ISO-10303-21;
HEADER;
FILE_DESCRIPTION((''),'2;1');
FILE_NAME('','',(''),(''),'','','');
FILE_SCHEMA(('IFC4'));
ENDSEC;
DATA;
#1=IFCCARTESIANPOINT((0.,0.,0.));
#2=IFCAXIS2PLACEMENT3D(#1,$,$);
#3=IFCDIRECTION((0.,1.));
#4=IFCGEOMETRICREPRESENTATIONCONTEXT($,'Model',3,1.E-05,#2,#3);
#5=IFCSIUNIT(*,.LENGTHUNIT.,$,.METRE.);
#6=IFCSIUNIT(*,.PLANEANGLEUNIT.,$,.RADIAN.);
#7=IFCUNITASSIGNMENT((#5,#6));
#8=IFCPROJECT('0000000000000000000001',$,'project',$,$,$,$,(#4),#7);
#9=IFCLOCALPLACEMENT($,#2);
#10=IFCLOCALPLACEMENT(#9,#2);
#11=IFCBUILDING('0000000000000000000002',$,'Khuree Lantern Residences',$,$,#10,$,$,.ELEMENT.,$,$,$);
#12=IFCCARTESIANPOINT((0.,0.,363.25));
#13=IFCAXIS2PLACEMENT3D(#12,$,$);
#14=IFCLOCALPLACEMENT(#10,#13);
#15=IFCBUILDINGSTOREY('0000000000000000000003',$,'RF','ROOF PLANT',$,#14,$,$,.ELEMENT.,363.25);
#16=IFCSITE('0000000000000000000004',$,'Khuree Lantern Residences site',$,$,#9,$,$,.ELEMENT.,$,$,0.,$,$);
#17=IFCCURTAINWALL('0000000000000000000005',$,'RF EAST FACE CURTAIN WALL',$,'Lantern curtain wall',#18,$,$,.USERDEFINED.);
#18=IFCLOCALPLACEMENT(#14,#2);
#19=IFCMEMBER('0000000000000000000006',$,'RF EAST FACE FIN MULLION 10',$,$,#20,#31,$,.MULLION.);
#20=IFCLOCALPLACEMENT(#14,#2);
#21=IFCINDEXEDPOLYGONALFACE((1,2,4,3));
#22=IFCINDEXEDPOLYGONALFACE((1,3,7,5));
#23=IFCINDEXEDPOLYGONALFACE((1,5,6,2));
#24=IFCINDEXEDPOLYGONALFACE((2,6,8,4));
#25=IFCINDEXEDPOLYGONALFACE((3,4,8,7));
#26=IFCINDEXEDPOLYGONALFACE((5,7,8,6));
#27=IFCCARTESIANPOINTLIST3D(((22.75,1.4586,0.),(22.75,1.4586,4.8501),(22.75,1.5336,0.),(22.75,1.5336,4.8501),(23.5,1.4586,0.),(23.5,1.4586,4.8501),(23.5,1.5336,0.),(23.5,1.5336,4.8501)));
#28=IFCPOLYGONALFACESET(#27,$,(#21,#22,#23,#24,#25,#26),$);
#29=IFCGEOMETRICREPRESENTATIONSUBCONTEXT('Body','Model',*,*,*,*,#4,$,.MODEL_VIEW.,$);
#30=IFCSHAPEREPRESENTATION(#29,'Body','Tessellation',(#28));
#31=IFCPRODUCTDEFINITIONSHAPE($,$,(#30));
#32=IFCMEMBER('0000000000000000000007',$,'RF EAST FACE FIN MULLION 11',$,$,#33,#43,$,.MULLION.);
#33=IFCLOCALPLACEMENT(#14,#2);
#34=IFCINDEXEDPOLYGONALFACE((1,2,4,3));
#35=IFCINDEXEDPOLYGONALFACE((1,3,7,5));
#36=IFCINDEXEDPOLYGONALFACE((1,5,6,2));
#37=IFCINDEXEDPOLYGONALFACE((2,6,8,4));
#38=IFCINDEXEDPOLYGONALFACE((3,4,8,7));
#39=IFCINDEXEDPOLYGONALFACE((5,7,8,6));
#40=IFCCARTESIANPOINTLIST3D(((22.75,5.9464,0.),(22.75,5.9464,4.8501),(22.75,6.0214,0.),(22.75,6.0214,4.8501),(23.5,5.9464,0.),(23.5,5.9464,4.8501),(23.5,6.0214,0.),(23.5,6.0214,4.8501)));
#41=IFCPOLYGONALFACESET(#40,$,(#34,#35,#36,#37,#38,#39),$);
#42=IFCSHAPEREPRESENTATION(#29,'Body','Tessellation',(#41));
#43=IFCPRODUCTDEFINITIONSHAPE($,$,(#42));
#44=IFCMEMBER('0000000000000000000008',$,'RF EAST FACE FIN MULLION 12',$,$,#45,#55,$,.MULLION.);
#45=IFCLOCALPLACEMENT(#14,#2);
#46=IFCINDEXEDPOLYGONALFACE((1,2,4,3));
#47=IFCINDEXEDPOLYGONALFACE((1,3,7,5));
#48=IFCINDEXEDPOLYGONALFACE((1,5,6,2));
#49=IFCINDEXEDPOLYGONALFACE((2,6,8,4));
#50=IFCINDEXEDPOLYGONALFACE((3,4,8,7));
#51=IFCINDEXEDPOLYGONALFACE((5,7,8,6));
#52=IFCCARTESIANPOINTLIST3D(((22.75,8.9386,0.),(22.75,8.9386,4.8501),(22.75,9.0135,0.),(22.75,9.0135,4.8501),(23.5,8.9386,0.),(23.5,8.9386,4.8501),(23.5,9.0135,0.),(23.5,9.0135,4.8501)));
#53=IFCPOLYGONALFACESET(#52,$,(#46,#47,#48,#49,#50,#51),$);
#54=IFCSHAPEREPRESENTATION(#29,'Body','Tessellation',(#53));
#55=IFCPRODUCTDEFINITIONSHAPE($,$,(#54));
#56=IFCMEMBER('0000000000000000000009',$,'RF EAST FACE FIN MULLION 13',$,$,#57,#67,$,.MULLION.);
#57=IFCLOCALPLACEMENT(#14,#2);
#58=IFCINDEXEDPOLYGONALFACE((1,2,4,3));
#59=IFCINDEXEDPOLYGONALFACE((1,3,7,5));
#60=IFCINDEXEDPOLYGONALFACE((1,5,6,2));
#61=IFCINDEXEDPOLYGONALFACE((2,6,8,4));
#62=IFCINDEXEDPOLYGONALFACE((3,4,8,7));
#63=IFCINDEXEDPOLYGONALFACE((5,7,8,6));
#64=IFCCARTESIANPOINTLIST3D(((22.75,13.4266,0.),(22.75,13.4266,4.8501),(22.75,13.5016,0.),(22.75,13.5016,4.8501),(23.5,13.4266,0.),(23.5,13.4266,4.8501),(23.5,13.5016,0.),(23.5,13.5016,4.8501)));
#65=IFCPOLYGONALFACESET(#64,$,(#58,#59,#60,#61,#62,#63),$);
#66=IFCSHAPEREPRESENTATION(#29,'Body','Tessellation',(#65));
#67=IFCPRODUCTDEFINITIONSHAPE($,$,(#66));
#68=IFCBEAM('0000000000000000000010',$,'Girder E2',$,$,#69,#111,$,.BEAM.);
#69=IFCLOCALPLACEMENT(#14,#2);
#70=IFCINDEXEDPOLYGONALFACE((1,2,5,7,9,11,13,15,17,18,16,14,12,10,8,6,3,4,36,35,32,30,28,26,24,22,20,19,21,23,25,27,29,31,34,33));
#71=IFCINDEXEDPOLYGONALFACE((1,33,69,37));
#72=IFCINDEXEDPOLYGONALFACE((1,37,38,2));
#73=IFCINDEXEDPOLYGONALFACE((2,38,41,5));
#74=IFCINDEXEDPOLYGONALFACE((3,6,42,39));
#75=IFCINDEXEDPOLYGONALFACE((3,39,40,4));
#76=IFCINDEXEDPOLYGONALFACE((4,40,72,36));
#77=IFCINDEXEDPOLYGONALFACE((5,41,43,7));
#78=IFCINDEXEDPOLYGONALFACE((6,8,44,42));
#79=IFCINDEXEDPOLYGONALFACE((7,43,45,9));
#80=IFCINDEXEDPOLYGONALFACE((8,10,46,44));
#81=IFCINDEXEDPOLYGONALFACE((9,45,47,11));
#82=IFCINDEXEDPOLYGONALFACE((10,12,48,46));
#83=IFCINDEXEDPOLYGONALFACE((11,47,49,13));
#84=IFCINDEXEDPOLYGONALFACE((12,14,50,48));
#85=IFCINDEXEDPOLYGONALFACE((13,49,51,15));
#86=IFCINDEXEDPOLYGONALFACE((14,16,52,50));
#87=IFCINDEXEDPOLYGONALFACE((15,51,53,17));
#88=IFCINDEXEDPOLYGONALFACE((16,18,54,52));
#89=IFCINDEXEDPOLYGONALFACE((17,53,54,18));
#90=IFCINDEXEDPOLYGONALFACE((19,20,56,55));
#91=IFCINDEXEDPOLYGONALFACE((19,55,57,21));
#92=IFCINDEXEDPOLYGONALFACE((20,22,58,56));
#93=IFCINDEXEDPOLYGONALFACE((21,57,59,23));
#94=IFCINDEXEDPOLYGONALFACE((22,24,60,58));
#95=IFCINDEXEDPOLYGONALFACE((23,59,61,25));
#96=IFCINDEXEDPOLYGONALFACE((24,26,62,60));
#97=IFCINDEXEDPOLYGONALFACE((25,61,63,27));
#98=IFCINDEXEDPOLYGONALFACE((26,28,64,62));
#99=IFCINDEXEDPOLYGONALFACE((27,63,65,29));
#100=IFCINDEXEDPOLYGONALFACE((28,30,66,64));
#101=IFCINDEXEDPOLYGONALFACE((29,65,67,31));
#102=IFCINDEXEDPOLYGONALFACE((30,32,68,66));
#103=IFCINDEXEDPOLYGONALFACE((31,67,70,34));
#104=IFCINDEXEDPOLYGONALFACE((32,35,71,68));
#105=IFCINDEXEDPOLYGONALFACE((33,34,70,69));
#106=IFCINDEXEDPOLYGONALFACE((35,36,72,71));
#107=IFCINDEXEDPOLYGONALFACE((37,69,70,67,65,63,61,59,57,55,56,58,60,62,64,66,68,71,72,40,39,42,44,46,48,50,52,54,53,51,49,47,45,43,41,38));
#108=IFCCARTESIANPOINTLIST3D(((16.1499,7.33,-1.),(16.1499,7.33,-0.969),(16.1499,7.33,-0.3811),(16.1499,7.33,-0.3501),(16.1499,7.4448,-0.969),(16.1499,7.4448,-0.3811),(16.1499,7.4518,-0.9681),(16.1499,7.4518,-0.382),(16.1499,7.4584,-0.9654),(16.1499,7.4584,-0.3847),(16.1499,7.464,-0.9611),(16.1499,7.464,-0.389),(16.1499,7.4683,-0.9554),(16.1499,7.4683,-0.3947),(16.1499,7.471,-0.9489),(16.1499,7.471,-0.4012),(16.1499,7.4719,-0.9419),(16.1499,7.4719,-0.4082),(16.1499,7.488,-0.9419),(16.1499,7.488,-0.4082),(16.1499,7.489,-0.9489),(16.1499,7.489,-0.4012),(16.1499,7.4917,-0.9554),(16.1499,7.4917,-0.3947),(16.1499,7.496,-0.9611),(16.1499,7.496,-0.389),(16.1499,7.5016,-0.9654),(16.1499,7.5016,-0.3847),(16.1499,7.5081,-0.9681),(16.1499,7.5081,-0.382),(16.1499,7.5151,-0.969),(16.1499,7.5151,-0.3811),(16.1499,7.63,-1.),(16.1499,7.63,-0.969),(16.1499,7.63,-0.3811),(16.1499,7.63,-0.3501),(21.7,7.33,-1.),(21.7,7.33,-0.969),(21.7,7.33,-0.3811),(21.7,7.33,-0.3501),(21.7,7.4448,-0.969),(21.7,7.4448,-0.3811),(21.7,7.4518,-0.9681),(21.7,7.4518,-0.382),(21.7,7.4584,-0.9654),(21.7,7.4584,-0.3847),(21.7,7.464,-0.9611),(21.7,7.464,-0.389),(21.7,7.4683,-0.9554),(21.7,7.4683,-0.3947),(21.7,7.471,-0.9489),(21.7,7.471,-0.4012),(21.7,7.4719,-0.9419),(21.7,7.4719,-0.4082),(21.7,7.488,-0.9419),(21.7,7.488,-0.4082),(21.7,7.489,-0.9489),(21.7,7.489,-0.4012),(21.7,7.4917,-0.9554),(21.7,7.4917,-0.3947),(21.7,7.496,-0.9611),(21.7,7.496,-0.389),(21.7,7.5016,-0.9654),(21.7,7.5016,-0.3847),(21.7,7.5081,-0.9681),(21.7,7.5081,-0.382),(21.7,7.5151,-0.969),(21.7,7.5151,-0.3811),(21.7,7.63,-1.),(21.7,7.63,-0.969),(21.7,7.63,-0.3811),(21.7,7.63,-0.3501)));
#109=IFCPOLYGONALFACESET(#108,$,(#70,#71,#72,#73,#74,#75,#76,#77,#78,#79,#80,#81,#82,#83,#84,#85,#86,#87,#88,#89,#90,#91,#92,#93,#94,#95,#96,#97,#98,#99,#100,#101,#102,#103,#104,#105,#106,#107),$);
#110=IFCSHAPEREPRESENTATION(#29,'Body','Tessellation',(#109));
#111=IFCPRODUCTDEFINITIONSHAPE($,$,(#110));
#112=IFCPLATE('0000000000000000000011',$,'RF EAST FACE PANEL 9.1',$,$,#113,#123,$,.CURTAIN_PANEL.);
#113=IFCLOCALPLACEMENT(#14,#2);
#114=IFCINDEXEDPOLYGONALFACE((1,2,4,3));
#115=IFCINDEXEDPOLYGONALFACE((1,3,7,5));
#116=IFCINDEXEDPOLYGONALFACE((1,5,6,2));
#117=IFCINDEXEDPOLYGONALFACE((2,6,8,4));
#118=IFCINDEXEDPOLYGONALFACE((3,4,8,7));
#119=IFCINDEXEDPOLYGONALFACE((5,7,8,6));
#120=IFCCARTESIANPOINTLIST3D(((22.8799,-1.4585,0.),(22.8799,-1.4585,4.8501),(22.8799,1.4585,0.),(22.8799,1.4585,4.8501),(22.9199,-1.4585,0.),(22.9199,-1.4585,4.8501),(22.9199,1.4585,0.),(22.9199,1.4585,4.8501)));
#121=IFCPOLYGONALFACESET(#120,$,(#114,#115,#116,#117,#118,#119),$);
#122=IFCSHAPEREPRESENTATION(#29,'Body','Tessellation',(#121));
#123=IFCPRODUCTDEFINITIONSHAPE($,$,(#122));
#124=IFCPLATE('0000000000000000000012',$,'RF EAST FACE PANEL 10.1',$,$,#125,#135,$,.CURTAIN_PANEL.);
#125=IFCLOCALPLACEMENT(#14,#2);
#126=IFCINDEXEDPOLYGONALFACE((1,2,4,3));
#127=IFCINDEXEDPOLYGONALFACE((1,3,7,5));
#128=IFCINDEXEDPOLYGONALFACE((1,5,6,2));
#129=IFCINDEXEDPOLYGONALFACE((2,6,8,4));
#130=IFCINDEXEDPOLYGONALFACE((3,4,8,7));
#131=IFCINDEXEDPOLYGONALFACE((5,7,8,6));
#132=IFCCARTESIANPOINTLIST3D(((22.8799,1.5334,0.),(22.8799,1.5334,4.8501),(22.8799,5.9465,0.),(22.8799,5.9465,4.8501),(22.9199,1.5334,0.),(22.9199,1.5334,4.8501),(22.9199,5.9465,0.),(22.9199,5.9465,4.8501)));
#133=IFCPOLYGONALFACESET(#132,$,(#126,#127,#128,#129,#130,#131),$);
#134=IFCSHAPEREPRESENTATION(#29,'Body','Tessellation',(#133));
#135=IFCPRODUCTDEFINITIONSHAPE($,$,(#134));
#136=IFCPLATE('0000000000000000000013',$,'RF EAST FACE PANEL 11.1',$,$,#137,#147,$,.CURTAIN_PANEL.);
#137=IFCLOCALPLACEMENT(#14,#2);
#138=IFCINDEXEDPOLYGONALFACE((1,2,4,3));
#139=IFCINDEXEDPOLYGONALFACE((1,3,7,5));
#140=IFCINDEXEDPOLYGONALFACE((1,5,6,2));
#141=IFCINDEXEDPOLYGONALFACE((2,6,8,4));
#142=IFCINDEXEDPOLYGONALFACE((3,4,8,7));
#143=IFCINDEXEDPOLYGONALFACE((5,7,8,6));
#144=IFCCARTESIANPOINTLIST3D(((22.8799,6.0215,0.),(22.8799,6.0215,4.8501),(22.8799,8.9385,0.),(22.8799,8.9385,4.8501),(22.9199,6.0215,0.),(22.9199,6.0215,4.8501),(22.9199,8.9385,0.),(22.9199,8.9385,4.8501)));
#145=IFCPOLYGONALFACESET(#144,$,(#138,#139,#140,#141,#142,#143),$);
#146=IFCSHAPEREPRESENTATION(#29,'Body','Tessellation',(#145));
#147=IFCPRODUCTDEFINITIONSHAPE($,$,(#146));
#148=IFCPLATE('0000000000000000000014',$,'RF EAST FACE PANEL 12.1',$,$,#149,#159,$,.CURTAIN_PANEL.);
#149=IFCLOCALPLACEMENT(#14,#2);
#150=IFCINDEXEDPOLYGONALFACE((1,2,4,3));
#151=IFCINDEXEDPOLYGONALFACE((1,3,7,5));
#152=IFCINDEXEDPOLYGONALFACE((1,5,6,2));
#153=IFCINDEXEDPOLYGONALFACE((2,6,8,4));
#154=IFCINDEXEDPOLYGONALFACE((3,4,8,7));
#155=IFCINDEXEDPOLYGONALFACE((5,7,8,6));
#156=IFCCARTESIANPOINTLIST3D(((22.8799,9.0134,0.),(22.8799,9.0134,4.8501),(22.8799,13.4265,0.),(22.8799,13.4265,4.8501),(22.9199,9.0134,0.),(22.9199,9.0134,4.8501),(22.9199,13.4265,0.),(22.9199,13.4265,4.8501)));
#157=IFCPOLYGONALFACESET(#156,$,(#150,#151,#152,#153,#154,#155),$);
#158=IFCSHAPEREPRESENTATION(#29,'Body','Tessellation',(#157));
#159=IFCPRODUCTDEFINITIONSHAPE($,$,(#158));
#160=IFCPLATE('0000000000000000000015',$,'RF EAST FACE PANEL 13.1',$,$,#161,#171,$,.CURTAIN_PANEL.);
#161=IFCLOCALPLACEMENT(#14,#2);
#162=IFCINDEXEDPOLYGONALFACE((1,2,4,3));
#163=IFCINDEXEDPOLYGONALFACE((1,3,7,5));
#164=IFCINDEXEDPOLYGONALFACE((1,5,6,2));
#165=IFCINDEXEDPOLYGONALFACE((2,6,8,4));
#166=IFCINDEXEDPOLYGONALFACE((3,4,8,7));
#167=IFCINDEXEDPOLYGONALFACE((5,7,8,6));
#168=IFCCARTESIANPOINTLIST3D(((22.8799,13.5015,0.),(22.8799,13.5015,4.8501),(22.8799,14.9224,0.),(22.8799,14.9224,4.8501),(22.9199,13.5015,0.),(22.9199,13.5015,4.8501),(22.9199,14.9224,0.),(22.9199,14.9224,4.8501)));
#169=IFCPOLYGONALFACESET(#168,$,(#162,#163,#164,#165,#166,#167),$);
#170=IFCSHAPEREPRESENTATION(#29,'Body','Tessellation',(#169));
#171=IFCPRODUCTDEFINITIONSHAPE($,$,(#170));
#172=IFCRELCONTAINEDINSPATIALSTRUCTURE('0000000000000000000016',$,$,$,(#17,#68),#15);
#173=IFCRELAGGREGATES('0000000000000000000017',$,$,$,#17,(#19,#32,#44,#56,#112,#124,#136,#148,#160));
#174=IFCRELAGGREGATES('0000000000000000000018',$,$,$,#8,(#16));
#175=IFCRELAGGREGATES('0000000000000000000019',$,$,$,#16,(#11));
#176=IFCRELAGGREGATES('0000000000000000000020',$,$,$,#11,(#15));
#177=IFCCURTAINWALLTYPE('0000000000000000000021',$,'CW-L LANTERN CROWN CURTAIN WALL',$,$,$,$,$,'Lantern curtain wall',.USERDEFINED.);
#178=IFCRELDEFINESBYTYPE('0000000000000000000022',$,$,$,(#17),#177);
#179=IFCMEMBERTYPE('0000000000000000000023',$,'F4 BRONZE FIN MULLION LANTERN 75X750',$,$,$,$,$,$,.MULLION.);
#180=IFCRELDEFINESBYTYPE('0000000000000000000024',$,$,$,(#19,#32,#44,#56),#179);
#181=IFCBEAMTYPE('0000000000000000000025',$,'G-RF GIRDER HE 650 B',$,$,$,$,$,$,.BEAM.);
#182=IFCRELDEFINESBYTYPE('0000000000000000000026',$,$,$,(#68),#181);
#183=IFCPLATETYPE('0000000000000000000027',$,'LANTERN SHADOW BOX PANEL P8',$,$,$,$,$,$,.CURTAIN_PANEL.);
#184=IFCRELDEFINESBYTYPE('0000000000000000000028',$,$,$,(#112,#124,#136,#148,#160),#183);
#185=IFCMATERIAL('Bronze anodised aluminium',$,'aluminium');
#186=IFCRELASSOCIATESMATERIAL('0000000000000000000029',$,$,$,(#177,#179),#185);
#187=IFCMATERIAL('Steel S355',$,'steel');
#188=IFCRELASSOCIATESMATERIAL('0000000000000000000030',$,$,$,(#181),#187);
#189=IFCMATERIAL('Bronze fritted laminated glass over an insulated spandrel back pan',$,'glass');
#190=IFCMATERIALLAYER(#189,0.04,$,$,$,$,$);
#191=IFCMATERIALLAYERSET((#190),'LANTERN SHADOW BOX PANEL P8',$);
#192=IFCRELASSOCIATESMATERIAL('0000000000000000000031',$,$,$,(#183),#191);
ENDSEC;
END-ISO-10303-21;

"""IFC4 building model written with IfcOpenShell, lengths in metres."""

from ifc_helpers import new_model, si_unit, direction, frame, origin, origin_2d, place, context, subcontext, project, spatial, rectangle, i_section, extrude, material, layer, layer_set, material_profile, profile_set, type_object, element, aggregate, save


model = new_model("IFC4")

# Units and contexts
model_context = context("Model", 3, precision=1e-05, world=origin(), true_north=direction((0.0, 1.0)))
body_context = subcontext(model_context, "Body", "Model", "MODEL_VIEW")
ifc_project = project(units=[si_unit("LENGTHUNIT", "METRE"), si_unit("PLANEANGLEUNIT", "RADIAN")], contexts=[model_context])

# Site, building, storey
site_placement = place(None, origin())
site = spatial("IfcSite", under=ifc_project, at=site_placement, Name="Khuree Lantern Residences site", CompositionType="ELEMENT", RefElevation=0.0)
building_placement = place(site_placement, origin())
building = spatial("IfcBuilding", under=site, at=building_placement, Name="Khuree Lantern Residences", CompositionType="ELEMENT")
storey_placement = place(building_placement, frame((0.0, 0.0, 363.25)))
storey = spatial("IfcBuildingStorey", under=building, at=storey_placement, Name="RF", Description="ROOF PLANT", CompositionType="ELEMENT", Elevation=363.25)

# Shared definitions
ifc_material_1 = material(Name="Steel S355", Category="steel")

# Curtain wall, members
ifc_material_2 = material(Name="Bronze anodised aluminium", Category="aluminium")
curtain_wall_type = type_object("IfcCurtainWallType", Name="CW-L LANTERN CROWN CURTAIN WALL", ElementType="Lantern curtain wall", PredefinedType="USERDEFINED", material=ifc_material_2)
curtain_wall_placement = place(storey_placement, origin())
curtain_wall = element("IfcCurtainWall", 1, at=curtain_wall_placement, inside=storey, type_object=curtain_wall_type, Name="RF EAST FACE CURTAIN WALL", ObjectType="Lantern curtain wall", PredefinedType="USERDEFINED")
ifc_material_profile_1 = material_profile(ifc_material_2, rectangle(XDim=0.075, YDim=0.75, at=origin_2d()), Name="F4 75X750")
ifc_profile_set_1 = profile_set([ifc_material_profile_1], Name="Bronze anodised aluminium")
member_type_1 = type_object("IfcMemberType", Name="F4 BRONZE FIN MULLION LANTERN 75X750", PredefinedType="MULLION", material=ifc_profile_set_1)
member_1_placement = place(storey_placement, frame((23.125, 1.4961, 0.0), z_axis=(0.0, 0.0, 1.0), x_axis=(0.0, 1.0, 0.0)))
member_1 = element("IfcMember", 2, at=member_1_placement, type_object=member_type_1, Name="RF EAST FACE FIN MULLION 10", PredefinedType="MULLION", context=body_context, shape_type="SweptSolid", body=[
    extrude(rectangle(XDim=0.075, YDim=0.75, at=origin_2d()), origin(), (0.0, 0.0, 1.0), 4.8501),
])
member_2_placement = place(storey_placement, frame((23.125, 5.9839, 0.0), z_axis=(0.0, 0.0, 1.0), x_axis=(0.0, 1.0, 0.0)))
member_2 = element("IfcMember", 3, at=member_2_placement, type_object=member_type_1, Name="RF EAST FACE FIN MULLION 11", PredefinedType="MULLION", context=body_context, shape_type="SweptSolid", body=[
    extrude(rectangle(XDim=0.075, YDim=0.75, at=origin_2d()), origin(), (0.0, 0.0, 1.0), 4.8501),
])
member_3_placement = place(storey_placement, frame((23.125, 8.9761, 0.0), z_axis=(0.0, 0.0, 1.0), x_axis=(0.0, 1.0, 0.0)))
member_3 = element("IfcMember", 4, at=member_3_placement, type_object=member_type_1, Name="RF EAST FACE FIN MULLION 12", PredefinedType="MULLION", context=body_context, shape_type="SweptSolid", body=[
    extrude(rectangle(XDim=0.075, YDim=0.75, at=origin_2d()), origin(), (0.0, 0.0, 1.0), 4.8501),
])
member_4_placement = place(storey_placement, frame((23.125, 13.4641, 0.0), z_axis=(0.0, 0.0, 1.0), x_axis=(0.0, 1.0, 0.0)))
member_4 = element("IfcMember", 5, at=member_4_placement, type_object=member_type_1, Name="RF EAST FACE FIN MULLION 13", PredefinedType="MULLION", context=body_context, shape_type="SweptSolid", body=[
    extrude(rectangle(XDim=0.075, YDim=0.75, at=origin_2d()), origin(), (0.0, 0.0, 1.0), 4.8501),
])

# Beam
ifc_material_profile_2 = material_profile(ifc_material_1, i_section(OverallWidth=0.3, OverallDepth=0.6499, WebThickness=0.0161, FlangeThickness=0.031, FilletRadius=0.0271, at=origin_2d()), Name="HE 650 B")
ifc_profile_set_2 = profile_set([ifc_material_profile_2], Name="Steel S355")
beam_type_1 = type_object("IfcBeamType", Name="G-RF GIRDER HE 650 B", PredefinedType="BEAM", material=ifc_profile_set_2)
beam_placement = place(storey_placement, frame((21.7, 7.48, -0.675), z_axis=(-1.0, 0.0, 0.0), x_axis=(0.0, -1.0, 0.0)))
element("IfcBeam", 6, at=beam_placement, inside=storey, type_object=beam_type_1, Name="Girder E2", PredefinedType="BEAM", context=body_context, shape_type="SweptSolid", body=[
    extrude(i_section(OverallWidth=0.3, OverallDepth=0.6499, WebThickness=0.0161, FlangeThickness=0.031, FilletRadius=0.0271, at=origin_2d()), origin(), (0.0, 0.0, 1.0), 5.55),
])

# Plates
ifc_material_3 = material(Name="Bronze fritted laminated glass over an insulated spandrel back pan", Category="glass")
ifc_layer = layer(ifc_material_3, 0.04)
ifc_layer_set = layer_set([ifc_layer], Name="LANTERN SHADOW BOX PANEL P8")
plate_type = type_object("IfcPlateType", Name="LANTERN SHADOW BOX PANEL P8", PredefinedType="CURTAIN_PANEL", material=ifc_layer_set)
plate_1_placement = place(storey_placement, frame((22.8999, 0.0, 0.0), z_axis=(0.0, 0.0, 1.0), x_axis=(0.0, 1.0, 0.0)))
plate_1 = element("IfcPlate", 7, at=plate_1_placement, type_object=plate_type, Name="RF EAST FACE PANEL 9.1", PredefinedType="CURTAIN_PANEL", context=body_context, shape_type="SweptSolid", body=[
    extrude(rectangle(XDim=2.917, YDim=0.04, at=origin_2d()), origin(), (0.0, 0.0, 1.0), 4.8501),
])
plate_2_placement = place(storey_placement, frame((22.8999, 3.74, 0.0), z_axis=(0.0, 0.0, 1.0), x_axis=(0.0, 1.0, 0.0)))
plate_2 = element("IfcPlate", 8, at=plate_2_placement, type_object=plate_type, Name="RF EAST FACE PANEL 10.1", PredefinedType="CURTAIN_PANEL", context=body_context, shape_type="SweptSolid", body=[
    extrude(rectangle(XDim=4.4131, YDim=0.04, at=origin_2d()), origin(), (0.0, 0.0, 1.0), 4.8501),
])
plate_3_placement = place(storey_placement, frame((22.8999, 7.48, 0.0), z_axis=(0.0, 0.0, 1.0), x_axis=(0.0, 1.0, 0.0)))
plate_3 = element("IfcPlate", 9, at=plate_3_placement, type_object=plate_type, Name="RF EAST FACE PANEL 11.1", PredefinedType="CURTAIN_PANEL", context=body_context, shape_type="SweptSolid", body=[
    extrude(rectangle(XDim=2.917, YDim=0.04, at=origin_2d()), origin(), (0.0, 0.0, 1.0), 4.8501),
])
plate_4_placement = place(storey_placement, frame((22.8999, 11.22, 0.0), z_axis=(0.0, 0.0, 1.0), x_axis=(0.0, 1.0, 0.0)))
plate_4 = element("IfcPlate", 10, at=plate_4_placement, type_object=plate_type, Name="RF EAST FACE PANEL 12.1", PredefinedType="CURTAIN_PANEL", context=body_context, shape_type="SweptSolid", body=[
    extrude(rectangle(XDim=4.4131, YDim=0.04, at=origin_2d()), origin(), (0.0, 0.0, 1.0), 4.8501),
])
plate_5_placement = place(storey_placement, frame((22.8999, 14.2119, 0.0), z_axis=(0.0, 0.0, 1.0), x_axis=(0.0, 1.0, 0.0)))
plate_5 = element("IfcPlate", 11, at=plate_5_placement, type_object=plate_type, Name="RF EAST FACE PANEL 13.1", PredefinedType="CURTAIN_PANEL", context=body_context, shape_type="SweptSolid", body=[
    extrude(rectangle(XDim=1.4209, YDim=0.04, at=origin_2d()), origin(), (0.0, 0.0, 1.0), 4.8501),
])
aggregate(curtain_wall, [member_1, member_2, member_3, member_4, plate_1, plate_2, plate_3, plate_4, plate_5])

save(model, "model.ifc")
